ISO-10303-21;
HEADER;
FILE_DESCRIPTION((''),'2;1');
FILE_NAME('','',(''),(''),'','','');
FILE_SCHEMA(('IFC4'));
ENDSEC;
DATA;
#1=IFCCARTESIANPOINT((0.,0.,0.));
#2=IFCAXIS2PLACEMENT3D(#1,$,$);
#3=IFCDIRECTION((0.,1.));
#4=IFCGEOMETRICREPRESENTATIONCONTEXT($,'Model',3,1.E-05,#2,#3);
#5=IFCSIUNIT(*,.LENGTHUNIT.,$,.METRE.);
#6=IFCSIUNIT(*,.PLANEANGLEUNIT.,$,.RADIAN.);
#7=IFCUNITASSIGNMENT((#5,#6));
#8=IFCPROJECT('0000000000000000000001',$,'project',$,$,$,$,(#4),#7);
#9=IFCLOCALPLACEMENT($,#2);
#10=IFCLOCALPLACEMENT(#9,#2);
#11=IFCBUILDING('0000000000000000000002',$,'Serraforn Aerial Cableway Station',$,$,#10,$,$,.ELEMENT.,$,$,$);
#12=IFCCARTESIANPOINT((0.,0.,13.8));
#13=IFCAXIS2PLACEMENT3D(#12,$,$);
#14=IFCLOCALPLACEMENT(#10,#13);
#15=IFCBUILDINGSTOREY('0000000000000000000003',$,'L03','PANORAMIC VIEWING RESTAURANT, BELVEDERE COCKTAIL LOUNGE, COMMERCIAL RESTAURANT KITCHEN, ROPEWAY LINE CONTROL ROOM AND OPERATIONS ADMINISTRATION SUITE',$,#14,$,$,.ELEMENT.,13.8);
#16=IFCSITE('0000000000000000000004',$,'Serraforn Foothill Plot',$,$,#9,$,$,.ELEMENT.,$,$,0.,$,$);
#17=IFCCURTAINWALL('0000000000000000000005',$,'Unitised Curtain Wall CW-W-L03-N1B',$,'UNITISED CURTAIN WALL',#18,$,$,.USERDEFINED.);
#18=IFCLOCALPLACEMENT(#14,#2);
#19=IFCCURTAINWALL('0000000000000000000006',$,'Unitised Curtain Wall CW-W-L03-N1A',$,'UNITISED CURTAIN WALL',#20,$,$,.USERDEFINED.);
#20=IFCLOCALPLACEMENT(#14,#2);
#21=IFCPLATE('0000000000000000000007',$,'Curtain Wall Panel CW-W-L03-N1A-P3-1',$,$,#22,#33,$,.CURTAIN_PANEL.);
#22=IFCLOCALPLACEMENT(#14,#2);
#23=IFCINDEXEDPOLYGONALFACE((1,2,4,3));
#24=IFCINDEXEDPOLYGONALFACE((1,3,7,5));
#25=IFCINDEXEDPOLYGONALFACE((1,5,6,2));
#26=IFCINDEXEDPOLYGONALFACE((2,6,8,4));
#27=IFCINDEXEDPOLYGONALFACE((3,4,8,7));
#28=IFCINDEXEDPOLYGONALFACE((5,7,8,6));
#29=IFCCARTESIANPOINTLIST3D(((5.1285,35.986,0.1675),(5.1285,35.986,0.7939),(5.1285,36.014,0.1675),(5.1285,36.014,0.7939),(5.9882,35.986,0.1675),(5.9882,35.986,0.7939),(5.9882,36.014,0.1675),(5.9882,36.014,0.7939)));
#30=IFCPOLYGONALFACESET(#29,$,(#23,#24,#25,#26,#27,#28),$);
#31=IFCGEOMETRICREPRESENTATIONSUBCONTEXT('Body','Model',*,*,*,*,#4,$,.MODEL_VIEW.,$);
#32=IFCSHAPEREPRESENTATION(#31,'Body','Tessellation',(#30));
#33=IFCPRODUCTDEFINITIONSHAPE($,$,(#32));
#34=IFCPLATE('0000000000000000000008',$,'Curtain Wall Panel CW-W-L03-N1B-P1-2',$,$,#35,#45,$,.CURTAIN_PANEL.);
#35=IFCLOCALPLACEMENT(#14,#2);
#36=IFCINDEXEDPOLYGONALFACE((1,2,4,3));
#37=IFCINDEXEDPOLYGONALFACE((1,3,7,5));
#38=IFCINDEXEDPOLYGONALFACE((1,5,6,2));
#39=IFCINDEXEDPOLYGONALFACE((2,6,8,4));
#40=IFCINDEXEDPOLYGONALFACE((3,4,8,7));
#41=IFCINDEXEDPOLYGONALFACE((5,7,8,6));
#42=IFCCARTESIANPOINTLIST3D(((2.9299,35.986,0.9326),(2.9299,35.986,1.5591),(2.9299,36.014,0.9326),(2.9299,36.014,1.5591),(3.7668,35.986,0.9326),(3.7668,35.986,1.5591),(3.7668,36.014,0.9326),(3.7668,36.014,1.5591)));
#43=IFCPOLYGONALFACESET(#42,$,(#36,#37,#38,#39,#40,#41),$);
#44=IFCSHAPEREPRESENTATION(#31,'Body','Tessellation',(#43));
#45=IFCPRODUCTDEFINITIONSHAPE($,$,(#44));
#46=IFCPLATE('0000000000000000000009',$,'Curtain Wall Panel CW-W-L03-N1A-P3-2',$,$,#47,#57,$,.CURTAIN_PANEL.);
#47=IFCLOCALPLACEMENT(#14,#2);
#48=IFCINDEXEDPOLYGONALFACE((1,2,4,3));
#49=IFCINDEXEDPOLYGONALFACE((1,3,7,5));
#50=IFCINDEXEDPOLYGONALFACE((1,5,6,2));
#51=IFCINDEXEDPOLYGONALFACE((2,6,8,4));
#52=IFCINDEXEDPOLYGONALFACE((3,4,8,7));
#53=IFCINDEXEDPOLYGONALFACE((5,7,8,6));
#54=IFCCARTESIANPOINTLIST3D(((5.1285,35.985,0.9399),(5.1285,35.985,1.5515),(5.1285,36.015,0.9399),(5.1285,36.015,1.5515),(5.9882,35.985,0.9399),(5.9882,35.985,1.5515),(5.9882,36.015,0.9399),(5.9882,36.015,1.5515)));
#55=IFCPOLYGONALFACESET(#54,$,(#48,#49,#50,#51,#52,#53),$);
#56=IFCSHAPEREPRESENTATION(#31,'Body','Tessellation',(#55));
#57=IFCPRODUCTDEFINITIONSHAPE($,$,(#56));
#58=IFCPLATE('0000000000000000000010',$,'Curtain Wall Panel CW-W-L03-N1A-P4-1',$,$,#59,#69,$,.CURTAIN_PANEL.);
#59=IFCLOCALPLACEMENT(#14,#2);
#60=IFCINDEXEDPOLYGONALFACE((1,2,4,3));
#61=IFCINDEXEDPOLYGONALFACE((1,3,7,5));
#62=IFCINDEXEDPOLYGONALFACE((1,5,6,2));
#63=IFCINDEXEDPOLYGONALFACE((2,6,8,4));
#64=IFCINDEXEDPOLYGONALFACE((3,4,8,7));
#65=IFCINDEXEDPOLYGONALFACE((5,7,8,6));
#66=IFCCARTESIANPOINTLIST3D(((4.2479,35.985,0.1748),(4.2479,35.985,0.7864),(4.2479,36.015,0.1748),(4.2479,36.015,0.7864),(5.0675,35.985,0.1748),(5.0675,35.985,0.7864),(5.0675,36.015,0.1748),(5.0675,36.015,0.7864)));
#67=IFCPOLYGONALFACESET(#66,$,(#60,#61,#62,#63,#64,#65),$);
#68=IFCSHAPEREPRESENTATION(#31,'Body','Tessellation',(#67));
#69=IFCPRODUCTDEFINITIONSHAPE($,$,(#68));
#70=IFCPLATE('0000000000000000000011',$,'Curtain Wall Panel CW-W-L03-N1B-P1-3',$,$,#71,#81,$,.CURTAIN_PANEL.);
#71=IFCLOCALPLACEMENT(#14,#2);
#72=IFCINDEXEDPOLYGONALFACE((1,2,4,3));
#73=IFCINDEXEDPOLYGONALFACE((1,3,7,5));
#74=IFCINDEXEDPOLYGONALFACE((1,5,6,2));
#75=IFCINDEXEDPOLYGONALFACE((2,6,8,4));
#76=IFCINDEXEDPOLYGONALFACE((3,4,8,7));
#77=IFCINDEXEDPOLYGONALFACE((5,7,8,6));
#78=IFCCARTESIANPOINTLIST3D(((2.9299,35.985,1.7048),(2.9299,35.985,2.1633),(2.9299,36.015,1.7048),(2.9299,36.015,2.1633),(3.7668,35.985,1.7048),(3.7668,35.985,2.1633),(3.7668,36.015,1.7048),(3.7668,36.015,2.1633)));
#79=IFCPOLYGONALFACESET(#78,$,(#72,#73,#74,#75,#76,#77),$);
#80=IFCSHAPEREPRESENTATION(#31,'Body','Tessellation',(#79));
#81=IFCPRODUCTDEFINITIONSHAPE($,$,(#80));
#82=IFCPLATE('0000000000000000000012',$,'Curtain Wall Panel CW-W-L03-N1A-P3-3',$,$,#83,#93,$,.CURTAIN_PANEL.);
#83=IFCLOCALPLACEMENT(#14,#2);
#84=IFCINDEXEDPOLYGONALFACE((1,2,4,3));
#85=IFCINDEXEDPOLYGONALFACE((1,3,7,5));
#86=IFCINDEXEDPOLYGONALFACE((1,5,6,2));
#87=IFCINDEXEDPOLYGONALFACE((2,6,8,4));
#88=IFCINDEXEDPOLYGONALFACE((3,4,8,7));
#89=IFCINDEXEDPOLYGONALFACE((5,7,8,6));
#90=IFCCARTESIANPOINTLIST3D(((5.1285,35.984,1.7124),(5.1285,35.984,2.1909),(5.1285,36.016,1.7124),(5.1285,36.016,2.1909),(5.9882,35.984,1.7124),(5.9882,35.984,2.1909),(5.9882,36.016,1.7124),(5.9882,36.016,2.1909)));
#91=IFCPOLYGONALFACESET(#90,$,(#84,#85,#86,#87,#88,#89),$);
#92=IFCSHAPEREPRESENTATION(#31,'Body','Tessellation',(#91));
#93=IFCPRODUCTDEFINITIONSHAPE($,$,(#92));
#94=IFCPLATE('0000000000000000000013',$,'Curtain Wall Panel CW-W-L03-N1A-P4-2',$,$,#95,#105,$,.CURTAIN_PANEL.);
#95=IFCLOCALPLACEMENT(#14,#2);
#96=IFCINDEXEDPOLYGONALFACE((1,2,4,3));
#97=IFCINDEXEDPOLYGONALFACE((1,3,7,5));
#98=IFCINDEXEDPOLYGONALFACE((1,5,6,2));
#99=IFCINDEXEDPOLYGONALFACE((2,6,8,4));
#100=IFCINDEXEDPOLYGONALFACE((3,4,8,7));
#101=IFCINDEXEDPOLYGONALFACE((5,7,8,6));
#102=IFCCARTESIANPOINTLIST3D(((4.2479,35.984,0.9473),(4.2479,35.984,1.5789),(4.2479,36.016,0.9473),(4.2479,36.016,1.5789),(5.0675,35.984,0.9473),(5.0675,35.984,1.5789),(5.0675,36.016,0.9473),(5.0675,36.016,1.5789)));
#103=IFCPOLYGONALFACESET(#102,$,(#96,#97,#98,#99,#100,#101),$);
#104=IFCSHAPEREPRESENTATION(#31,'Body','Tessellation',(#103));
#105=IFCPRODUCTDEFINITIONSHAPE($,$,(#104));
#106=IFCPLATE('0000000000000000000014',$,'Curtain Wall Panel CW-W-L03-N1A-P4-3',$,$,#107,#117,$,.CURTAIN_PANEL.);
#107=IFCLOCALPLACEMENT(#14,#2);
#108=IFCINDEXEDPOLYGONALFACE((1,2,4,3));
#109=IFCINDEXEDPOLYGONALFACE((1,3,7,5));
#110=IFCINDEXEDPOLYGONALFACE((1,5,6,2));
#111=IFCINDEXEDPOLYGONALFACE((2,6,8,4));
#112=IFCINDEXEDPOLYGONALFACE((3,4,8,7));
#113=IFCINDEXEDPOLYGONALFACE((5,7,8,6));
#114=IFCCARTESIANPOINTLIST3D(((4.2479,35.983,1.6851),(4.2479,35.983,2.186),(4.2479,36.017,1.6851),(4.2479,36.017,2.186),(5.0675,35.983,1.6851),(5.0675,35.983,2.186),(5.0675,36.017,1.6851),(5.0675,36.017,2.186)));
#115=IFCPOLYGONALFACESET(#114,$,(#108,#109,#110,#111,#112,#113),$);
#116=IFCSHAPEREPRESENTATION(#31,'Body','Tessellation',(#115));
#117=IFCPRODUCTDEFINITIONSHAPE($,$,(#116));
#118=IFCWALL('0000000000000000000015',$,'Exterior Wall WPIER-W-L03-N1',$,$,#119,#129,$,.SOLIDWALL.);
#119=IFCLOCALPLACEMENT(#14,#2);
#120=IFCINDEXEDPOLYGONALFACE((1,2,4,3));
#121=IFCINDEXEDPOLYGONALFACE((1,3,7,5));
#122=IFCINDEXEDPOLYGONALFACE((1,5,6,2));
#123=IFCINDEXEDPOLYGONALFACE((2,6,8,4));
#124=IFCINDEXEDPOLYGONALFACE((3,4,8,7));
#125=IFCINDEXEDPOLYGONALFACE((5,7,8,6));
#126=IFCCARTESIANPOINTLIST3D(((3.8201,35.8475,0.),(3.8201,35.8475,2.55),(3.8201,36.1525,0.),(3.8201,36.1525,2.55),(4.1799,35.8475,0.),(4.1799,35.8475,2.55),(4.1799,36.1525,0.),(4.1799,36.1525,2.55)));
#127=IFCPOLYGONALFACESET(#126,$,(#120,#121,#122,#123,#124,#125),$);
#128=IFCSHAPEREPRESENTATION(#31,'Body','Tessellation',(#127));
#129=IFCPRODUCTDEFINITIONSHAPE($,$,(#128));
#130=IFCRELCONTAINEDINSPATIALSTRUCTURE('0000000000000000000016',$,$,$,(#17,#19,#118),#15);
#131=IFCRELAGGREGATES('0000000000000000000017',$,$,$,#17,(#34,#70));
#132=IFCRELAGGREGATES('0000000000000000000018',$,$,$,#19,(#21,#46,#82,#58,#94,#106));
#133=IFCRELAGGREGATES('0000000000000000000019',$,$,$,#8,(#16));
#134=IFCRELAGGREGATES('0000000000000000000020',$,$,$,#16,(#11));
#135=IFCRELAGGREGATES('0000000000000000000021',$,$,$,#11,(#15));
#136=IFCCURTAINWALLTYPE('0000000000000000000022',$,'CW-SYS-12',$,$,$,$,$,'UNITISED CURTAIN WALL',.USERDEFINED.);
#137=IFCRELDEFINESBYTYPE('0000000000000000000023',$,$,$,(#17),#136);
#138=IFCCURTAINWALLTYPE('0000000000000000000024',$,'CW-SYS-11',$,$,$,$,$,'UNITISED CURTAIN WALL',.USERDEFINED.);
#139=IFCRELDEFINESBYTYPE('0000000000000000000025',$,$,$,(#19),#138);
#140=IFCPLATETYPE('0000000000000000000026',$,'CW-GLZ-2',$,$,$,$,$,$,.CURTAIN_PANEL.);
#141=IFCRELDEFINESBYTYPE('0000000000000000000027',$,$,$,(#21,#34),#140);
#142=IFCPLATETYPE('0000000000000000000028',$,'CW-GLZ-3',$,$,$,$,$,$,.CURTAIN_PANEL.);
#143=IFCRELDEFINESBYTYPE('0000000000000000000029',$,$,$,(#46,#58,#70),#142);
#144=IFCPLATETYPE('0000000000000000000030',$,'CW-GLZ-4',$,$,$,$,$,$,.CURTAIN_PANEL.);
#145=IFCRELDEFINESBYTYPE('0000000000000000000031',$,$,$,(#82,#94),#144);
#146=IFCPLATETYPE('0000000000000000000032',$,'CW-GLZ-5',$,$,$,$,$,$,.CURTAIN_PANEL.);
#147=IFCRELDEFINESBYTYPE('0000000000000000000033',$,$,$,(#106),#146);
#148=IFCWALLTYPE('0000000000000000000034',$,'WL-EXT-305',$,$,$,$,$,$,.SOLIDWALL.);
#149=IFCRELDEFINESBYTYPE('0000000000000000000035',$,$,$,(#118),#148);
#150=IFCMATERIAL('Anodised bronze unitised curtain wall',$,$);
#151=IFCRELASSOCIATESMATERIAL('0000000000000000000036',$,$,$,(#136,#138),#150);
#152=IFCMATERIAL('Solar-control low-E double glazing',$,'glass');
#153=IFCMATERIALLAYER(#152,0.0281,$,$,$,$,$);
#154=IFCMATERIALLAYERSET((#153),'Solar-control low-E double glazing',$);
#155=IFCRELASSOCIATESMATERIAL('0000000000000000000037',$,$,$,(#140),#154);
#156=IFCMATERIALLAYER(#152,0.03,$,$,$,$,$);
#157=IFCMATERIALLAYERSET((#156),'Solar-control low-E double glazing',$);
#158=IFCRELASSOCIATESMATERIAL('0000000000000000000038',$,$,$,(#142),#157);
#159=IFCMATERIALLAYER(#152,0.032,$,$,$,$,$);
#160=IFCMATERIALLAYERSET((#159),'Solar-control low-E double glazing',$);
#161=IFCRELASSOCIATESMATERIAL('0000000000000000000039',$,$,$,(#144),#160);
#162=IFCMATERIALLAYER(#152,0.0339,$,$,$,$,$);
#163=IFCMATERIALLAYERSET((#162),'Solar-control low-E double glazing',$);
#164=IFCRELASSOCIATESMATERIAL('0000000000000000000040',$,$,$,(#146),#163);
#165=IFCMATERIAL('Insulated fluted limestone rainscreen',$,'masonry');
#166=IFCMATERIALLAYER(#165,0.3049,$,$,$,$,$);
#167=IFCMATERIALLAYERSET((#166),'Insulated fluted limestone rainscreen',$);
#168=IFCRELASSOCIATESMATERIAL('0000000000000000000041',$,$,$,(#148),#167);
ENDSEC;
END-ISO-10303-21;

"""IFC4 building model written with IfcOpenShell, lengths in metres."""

from ifc_helpers import new_model, si_unit, direction, frame, frame_2d, origin, origin_2d, place, context, subcontext, project, spatial, rectangle, extrude, material, layer, layer_set, type_object, element, aggregate, save


model = new_model("IFC4")

# Units and contexts
model_context = context("Model", 3, precision=1e-05, world=origin(), true_north=direction((0.0, 1.0)))
body_context = subcontext(model_context, "Body", "Model", "MODEL_VIEW")
ifc_project = project(units=[si_unit("LENGTHUNIT", "METRE"), si_unit("PLANEANGLEUNIT", "RADIAN")], contexts=[model_context])

# Site, building, storey
site_placement = place(None, origin())
site = spatial("IfcSite", under=ifc_project, at=site_placement, Name="Serraforn Foothill Plot", CompositionType="ELEMENT", RefElevation=0.0)
building_placement = place(site_placement, origin())
building = spatial("IfcBuilding", under=site, at=building_placement, Name="Serraforn Aerial Cableway Station", CompositionType="ELEMENT")
storey_placement = place(building_placement, frame((0.0, 0.0, 13.8)))
storey = spatial("IfcBuildingStorey", under=building, at=storey_placement, Name="L03", Description="PANORAMIC VIEWING RESTAURANT, BELVEDERE COCKTAIL LOUNGE, COMMERCIAL RESTAURANT KITCHEN, ROPEWAY LINE CONTROL ROOM AND OPERATIONS ADMINISTRATION SUITE", CompositionType="ELEMENT", Elevation=13.8)

# Curtain wall
ifc_material_1 = material(Name="Anodised bronze unitised curtain wall")
curtain_wall_type_1 = type_object("IfcCurtainWallType", Name="CW-SYS-12", ElementType="UNITISED CURTAIN WALL", PredefinedType="USERDEFINED", material=ifc_material_1)
curtain_wall_1_placement = place(storey_placement, origin())
curtain_wall_1 = element("IfcCurtainWall", 1, at=curtain_wall_1_placement, inside=storey, type_object=curtain_wall_type_1, Name="Unitised Curtain Wall CW-W-L03-N1B", ObjectType="UNITISED CURTAIN WALL", PredefinedType="USERDEFINED")

# Curtain wall
curtain_wall_type_2 = type_object("IfcCurtainWallType", Name="CW-SYS-11", ElementType="UNITISED CURTAIN WALL", PredefinedType="USERDEFINED", material=ifc_material_1)
curtain_wall_2_placement = place(storey_placement, origin())
curtain_wall_2 = element("IfcCurtainWall", 2, at=curtain_wall_2_placement, inside=storey, type_object=curtain_wall_type_2, Name="Unitised Curtain Wall CW-W-L03-N1A", ObjectType="UNITISED CURTAIN WALL", PredefinedType="USERDEFINED")

# Plates
ifc_material_2 = material(Name="Solar-control low-E double glazing", Category="glass")
ifc_layer_1 = layer(ifc_material_2, 0.0281)
ifc_layer_set_1 = layer_set([ifc_layer_1], Name="Solar-control low-E double glazing")
plate_type_1 = type_object("IfcPlateType", Name="CW-GLZ-2", PredefinedType="CURTAIN_PANEL", material=ifc_layer_set_1)
plate_1_placement = place(storey_placement, frame((5.5583, 36.0, 0.1675), z_axis=(0.0, 0.0, 1.0), x_axis=(1.0, 0.0, 0.0)))
plate_1 = element("IfcPlate", 3, at=plate_1_placement, type_object=plate_type_1, Name="Curtain Wall Panel CW-W-L03-N1A-P3-1", PredefinedType="CURTAIN_PANEL", context=body_context, shape_type="SweptSolid", body=[
    extrude(rectangle(XDim=0.8596, YDim=0.0281, at=origin_2d()), origin(), (0.0, 0.0, 1.0), 0.6265),
])
plate_2_placement = place(storey_placement, frame((3.3484, 36.0, 0.9326), z_axis=(0.0, 0.0, 1.0), x_axis=(1.0, 0.0, 0.0)))
plate_2 = element("IfcPlate", 4, at=plate_2_placement, type_object=plate_type_1, Name="Curtain Wall Panel CW-W-L03-N1B-P1-2", PredefinedType="CURTAIN_PANEL", context=body_context, shape_type="SweptSolid", body=[
    extrude(rectangle(XDim=0.8369, YDim=0.0281, at=origin_2d()), origin(), (0.0, 0.0, 1.0), 0.6265),
])
ifc_layer_2 = layer(ifc_material_2, 0.03)
ifc_layer_set_2 = layer_set([ifc_layer_2], Name="Solar-control low-E double glazing")
plate_type_2 = type_object("IfcPlateType", Name="CW-GLZ-3", PredefinedType="CURTAIN_PANEL", material=ifc_layer_set_2)
plate_3_placement = place(storey_placement, frame((5.5583, 36.0, 0.9399), z_axis=(0.0, 0.0, 1.0), x_axis=(1.0, 0.0, 0.0)))
plate_3 = element("IfcPlate", 5, at=plate_3_placement, type_object=plate_type_2, Name="Curtain Wall Panel CW-W-L03-N1A-P3-2", PredefinedType="CURTAIN_PANEL", context=body_context, shape_type="SweptSolid", body=[
    extrude(rectangle(XDim=0.8596, YDim=0.03, at=origin_2d()), origin(), (0.0, 0.0, 1.0), 0.6116),
])
plate_4_placement = place(storey_placement, frame((4.6577, 36.0, 0.1748), z_axis=(0.0, 0.0, 1.0), x_axis=(1.0, 0.0, 0.0)))
plate_4 = element("IfcPlate", 6, at=plate_4_placement, type_object=plate_type_2, Name="Curtain Wall Panel CW-W-L03-N1A-P4-1", PredefinedType="CURTAIN_PANEL", context=body_context, shape_type="SweptSolid", body=[
    extrude(rectangle(XDim=0.8196, YDim=0.03, at=origin_2d()), origin(), (0.0, 0.0, 1.0), 0.6116),
])
plate_5_placement = place(storey_placement, frame((3.3484, 36.0, 1.7048), z_axis=(0.0, 0.0, 1.0), x_axis=(1.0, 0.0, 0.0)))
plate_5 = element("IfcPlate", 7, at=plate_5_placement, type_object=plate_type_2, Name="Curtain Wall Panel CW-W-L03-N1B-P1-3", PredefinedType="CURTAIN_PANEL", context=body_context, shape_type="SweptSolid", body=[
    extrude(rectangle(XDim=0.8369, YDim=0.03, at=origin_2d()), origin(), (0.0, 0.0, 1.0), 0.4585),
])
aggregate(curtain_wall_1, [plate_2, plate_5])
ifc_layer_3 = layer(ifc_material_2, 0.032)
ifc_layer_set_3 = layer_set([ifc_layer_3], Name="Solar-control low-E double glazing")
plate_type_3 = type_object("IfcPlateType", Name="CW-GLZ-4", PredefinedType="CURTAIN_PANEL", material=ifc_layer_set_3)
plate_6_placement = place(storey_placement, frame((5.5583, 36.0, 1.7124), z_axis=(0.0, 0.0, 1.0), x_axis=(1.0, 0.0, 0.0)))
plate_6 = element("IfcPlate", 8, at=plate_6_placement, type_object=plate_type_3, Name="Curtain Wall Panel CW-W-L03-N1A-P3-3", PredefinedType="CURTAIN_PANEL", context=body_context, shape_type="SweptSolid", body=[
    extrude(rectangle(XDim=0.8596, YDim=0.032, at=origin_2d()), origin(), (0.0, 0.0, 1.0), 0.4785),
])
plate_7_placement = place(storey_placement, frame((4.6577, 36.0, 0.9473), z_axis=(0.0, 0.0, 1.0), x_axis=(1.0, 0.0, 0.0)))
plate_7 = element("IfcPlate", 9, at=plate_7_placement, type_object=plate_type_3, Name="Curtain Wall Panel CW-W-L03-N1A-P4-2", PredefinedType="CURTAIN_PANEL", context=body_context, shape_type="SweptSolid", body=[
    extrude(rectangle(XDim=0.8196, YDim=0.032, at=origin_2d()), origin(), (0.0, 0.0, 1.0), 0.6316),
])
ifc_layer_4 = layer(ifc_material_2, 0.0339)
ifc_layer_set_4 = layer_set([ifc_layer_4], Name="Solar-control low-E double glazing")
plate_type_4 = type_object("IfcPlateType", Name="CW-GLZ-5", PredefinedType="CURTAIN_PANEL", material=ifc_layer_set_4)
plate_8_placement = place(storey_placement, frame((4.6577, 36.0, 1.6851), z_axis=(0.0, 0.0, 1.0), x_axis=(1.0, 0.0, 0.0)))
plate_8 = element("IfcPlate", 10, at=plate_8_placement, type_object=plate_type_4, Name="Curtain Wall Panel CW-W-L03-N1A-P4-3", PredefinedType="CURTAIN_PANEL", context=body_context, shape_type="SweptSolid", body=[
    extrude(rectangle(XDim=0.8196, YDim=0.0339, at=origin_2d()), origin(), (0.0, 0.0, 1.0), 0.501),
])
aggregate(curtain_wall_2, [plate_1, plate_3, plate_6, plate_4, plate_7, plate_8])

# Wall
ifc_material_3 = material(Name="Insulated fluted limestone rainscreen", Category="masonry")
ifc_layer_5 = layer(ifc_material_3, 0.3049)
ifc_layer_set_5 = layer_set([ifc_layer_5], Name="Insulated fluted limestone rainscreen")
wall_type = type_object("IfcWallType", Name="WL-EXT-305", PredefinedType="SOLIDWALL", material=ifc_layer_set_5)
wall_placement = place(storey_placement, frame((4.1799, 36.0, 0.0), z_axis=(0.0, 0.0, 1.0), x_axis=(-1.0, 0.0, 0.0)))
element("IfcWall", 11, at=wall_placement, inside=storey, type_object=wall_type, Name="Exterior Wall WPIER-W-L03-N1", PredefinedType="SOLIDWALL", context=body_context, shape_type="SweptSolid", body=[
    extrude(rectangle(XDim=0.3599, YDim=0.3049, at=frame_2d((0.1799, 0.0))), origin(), (0.0, 0.0, 1.0), 2.55),
])

save(model, "model.ifc")
